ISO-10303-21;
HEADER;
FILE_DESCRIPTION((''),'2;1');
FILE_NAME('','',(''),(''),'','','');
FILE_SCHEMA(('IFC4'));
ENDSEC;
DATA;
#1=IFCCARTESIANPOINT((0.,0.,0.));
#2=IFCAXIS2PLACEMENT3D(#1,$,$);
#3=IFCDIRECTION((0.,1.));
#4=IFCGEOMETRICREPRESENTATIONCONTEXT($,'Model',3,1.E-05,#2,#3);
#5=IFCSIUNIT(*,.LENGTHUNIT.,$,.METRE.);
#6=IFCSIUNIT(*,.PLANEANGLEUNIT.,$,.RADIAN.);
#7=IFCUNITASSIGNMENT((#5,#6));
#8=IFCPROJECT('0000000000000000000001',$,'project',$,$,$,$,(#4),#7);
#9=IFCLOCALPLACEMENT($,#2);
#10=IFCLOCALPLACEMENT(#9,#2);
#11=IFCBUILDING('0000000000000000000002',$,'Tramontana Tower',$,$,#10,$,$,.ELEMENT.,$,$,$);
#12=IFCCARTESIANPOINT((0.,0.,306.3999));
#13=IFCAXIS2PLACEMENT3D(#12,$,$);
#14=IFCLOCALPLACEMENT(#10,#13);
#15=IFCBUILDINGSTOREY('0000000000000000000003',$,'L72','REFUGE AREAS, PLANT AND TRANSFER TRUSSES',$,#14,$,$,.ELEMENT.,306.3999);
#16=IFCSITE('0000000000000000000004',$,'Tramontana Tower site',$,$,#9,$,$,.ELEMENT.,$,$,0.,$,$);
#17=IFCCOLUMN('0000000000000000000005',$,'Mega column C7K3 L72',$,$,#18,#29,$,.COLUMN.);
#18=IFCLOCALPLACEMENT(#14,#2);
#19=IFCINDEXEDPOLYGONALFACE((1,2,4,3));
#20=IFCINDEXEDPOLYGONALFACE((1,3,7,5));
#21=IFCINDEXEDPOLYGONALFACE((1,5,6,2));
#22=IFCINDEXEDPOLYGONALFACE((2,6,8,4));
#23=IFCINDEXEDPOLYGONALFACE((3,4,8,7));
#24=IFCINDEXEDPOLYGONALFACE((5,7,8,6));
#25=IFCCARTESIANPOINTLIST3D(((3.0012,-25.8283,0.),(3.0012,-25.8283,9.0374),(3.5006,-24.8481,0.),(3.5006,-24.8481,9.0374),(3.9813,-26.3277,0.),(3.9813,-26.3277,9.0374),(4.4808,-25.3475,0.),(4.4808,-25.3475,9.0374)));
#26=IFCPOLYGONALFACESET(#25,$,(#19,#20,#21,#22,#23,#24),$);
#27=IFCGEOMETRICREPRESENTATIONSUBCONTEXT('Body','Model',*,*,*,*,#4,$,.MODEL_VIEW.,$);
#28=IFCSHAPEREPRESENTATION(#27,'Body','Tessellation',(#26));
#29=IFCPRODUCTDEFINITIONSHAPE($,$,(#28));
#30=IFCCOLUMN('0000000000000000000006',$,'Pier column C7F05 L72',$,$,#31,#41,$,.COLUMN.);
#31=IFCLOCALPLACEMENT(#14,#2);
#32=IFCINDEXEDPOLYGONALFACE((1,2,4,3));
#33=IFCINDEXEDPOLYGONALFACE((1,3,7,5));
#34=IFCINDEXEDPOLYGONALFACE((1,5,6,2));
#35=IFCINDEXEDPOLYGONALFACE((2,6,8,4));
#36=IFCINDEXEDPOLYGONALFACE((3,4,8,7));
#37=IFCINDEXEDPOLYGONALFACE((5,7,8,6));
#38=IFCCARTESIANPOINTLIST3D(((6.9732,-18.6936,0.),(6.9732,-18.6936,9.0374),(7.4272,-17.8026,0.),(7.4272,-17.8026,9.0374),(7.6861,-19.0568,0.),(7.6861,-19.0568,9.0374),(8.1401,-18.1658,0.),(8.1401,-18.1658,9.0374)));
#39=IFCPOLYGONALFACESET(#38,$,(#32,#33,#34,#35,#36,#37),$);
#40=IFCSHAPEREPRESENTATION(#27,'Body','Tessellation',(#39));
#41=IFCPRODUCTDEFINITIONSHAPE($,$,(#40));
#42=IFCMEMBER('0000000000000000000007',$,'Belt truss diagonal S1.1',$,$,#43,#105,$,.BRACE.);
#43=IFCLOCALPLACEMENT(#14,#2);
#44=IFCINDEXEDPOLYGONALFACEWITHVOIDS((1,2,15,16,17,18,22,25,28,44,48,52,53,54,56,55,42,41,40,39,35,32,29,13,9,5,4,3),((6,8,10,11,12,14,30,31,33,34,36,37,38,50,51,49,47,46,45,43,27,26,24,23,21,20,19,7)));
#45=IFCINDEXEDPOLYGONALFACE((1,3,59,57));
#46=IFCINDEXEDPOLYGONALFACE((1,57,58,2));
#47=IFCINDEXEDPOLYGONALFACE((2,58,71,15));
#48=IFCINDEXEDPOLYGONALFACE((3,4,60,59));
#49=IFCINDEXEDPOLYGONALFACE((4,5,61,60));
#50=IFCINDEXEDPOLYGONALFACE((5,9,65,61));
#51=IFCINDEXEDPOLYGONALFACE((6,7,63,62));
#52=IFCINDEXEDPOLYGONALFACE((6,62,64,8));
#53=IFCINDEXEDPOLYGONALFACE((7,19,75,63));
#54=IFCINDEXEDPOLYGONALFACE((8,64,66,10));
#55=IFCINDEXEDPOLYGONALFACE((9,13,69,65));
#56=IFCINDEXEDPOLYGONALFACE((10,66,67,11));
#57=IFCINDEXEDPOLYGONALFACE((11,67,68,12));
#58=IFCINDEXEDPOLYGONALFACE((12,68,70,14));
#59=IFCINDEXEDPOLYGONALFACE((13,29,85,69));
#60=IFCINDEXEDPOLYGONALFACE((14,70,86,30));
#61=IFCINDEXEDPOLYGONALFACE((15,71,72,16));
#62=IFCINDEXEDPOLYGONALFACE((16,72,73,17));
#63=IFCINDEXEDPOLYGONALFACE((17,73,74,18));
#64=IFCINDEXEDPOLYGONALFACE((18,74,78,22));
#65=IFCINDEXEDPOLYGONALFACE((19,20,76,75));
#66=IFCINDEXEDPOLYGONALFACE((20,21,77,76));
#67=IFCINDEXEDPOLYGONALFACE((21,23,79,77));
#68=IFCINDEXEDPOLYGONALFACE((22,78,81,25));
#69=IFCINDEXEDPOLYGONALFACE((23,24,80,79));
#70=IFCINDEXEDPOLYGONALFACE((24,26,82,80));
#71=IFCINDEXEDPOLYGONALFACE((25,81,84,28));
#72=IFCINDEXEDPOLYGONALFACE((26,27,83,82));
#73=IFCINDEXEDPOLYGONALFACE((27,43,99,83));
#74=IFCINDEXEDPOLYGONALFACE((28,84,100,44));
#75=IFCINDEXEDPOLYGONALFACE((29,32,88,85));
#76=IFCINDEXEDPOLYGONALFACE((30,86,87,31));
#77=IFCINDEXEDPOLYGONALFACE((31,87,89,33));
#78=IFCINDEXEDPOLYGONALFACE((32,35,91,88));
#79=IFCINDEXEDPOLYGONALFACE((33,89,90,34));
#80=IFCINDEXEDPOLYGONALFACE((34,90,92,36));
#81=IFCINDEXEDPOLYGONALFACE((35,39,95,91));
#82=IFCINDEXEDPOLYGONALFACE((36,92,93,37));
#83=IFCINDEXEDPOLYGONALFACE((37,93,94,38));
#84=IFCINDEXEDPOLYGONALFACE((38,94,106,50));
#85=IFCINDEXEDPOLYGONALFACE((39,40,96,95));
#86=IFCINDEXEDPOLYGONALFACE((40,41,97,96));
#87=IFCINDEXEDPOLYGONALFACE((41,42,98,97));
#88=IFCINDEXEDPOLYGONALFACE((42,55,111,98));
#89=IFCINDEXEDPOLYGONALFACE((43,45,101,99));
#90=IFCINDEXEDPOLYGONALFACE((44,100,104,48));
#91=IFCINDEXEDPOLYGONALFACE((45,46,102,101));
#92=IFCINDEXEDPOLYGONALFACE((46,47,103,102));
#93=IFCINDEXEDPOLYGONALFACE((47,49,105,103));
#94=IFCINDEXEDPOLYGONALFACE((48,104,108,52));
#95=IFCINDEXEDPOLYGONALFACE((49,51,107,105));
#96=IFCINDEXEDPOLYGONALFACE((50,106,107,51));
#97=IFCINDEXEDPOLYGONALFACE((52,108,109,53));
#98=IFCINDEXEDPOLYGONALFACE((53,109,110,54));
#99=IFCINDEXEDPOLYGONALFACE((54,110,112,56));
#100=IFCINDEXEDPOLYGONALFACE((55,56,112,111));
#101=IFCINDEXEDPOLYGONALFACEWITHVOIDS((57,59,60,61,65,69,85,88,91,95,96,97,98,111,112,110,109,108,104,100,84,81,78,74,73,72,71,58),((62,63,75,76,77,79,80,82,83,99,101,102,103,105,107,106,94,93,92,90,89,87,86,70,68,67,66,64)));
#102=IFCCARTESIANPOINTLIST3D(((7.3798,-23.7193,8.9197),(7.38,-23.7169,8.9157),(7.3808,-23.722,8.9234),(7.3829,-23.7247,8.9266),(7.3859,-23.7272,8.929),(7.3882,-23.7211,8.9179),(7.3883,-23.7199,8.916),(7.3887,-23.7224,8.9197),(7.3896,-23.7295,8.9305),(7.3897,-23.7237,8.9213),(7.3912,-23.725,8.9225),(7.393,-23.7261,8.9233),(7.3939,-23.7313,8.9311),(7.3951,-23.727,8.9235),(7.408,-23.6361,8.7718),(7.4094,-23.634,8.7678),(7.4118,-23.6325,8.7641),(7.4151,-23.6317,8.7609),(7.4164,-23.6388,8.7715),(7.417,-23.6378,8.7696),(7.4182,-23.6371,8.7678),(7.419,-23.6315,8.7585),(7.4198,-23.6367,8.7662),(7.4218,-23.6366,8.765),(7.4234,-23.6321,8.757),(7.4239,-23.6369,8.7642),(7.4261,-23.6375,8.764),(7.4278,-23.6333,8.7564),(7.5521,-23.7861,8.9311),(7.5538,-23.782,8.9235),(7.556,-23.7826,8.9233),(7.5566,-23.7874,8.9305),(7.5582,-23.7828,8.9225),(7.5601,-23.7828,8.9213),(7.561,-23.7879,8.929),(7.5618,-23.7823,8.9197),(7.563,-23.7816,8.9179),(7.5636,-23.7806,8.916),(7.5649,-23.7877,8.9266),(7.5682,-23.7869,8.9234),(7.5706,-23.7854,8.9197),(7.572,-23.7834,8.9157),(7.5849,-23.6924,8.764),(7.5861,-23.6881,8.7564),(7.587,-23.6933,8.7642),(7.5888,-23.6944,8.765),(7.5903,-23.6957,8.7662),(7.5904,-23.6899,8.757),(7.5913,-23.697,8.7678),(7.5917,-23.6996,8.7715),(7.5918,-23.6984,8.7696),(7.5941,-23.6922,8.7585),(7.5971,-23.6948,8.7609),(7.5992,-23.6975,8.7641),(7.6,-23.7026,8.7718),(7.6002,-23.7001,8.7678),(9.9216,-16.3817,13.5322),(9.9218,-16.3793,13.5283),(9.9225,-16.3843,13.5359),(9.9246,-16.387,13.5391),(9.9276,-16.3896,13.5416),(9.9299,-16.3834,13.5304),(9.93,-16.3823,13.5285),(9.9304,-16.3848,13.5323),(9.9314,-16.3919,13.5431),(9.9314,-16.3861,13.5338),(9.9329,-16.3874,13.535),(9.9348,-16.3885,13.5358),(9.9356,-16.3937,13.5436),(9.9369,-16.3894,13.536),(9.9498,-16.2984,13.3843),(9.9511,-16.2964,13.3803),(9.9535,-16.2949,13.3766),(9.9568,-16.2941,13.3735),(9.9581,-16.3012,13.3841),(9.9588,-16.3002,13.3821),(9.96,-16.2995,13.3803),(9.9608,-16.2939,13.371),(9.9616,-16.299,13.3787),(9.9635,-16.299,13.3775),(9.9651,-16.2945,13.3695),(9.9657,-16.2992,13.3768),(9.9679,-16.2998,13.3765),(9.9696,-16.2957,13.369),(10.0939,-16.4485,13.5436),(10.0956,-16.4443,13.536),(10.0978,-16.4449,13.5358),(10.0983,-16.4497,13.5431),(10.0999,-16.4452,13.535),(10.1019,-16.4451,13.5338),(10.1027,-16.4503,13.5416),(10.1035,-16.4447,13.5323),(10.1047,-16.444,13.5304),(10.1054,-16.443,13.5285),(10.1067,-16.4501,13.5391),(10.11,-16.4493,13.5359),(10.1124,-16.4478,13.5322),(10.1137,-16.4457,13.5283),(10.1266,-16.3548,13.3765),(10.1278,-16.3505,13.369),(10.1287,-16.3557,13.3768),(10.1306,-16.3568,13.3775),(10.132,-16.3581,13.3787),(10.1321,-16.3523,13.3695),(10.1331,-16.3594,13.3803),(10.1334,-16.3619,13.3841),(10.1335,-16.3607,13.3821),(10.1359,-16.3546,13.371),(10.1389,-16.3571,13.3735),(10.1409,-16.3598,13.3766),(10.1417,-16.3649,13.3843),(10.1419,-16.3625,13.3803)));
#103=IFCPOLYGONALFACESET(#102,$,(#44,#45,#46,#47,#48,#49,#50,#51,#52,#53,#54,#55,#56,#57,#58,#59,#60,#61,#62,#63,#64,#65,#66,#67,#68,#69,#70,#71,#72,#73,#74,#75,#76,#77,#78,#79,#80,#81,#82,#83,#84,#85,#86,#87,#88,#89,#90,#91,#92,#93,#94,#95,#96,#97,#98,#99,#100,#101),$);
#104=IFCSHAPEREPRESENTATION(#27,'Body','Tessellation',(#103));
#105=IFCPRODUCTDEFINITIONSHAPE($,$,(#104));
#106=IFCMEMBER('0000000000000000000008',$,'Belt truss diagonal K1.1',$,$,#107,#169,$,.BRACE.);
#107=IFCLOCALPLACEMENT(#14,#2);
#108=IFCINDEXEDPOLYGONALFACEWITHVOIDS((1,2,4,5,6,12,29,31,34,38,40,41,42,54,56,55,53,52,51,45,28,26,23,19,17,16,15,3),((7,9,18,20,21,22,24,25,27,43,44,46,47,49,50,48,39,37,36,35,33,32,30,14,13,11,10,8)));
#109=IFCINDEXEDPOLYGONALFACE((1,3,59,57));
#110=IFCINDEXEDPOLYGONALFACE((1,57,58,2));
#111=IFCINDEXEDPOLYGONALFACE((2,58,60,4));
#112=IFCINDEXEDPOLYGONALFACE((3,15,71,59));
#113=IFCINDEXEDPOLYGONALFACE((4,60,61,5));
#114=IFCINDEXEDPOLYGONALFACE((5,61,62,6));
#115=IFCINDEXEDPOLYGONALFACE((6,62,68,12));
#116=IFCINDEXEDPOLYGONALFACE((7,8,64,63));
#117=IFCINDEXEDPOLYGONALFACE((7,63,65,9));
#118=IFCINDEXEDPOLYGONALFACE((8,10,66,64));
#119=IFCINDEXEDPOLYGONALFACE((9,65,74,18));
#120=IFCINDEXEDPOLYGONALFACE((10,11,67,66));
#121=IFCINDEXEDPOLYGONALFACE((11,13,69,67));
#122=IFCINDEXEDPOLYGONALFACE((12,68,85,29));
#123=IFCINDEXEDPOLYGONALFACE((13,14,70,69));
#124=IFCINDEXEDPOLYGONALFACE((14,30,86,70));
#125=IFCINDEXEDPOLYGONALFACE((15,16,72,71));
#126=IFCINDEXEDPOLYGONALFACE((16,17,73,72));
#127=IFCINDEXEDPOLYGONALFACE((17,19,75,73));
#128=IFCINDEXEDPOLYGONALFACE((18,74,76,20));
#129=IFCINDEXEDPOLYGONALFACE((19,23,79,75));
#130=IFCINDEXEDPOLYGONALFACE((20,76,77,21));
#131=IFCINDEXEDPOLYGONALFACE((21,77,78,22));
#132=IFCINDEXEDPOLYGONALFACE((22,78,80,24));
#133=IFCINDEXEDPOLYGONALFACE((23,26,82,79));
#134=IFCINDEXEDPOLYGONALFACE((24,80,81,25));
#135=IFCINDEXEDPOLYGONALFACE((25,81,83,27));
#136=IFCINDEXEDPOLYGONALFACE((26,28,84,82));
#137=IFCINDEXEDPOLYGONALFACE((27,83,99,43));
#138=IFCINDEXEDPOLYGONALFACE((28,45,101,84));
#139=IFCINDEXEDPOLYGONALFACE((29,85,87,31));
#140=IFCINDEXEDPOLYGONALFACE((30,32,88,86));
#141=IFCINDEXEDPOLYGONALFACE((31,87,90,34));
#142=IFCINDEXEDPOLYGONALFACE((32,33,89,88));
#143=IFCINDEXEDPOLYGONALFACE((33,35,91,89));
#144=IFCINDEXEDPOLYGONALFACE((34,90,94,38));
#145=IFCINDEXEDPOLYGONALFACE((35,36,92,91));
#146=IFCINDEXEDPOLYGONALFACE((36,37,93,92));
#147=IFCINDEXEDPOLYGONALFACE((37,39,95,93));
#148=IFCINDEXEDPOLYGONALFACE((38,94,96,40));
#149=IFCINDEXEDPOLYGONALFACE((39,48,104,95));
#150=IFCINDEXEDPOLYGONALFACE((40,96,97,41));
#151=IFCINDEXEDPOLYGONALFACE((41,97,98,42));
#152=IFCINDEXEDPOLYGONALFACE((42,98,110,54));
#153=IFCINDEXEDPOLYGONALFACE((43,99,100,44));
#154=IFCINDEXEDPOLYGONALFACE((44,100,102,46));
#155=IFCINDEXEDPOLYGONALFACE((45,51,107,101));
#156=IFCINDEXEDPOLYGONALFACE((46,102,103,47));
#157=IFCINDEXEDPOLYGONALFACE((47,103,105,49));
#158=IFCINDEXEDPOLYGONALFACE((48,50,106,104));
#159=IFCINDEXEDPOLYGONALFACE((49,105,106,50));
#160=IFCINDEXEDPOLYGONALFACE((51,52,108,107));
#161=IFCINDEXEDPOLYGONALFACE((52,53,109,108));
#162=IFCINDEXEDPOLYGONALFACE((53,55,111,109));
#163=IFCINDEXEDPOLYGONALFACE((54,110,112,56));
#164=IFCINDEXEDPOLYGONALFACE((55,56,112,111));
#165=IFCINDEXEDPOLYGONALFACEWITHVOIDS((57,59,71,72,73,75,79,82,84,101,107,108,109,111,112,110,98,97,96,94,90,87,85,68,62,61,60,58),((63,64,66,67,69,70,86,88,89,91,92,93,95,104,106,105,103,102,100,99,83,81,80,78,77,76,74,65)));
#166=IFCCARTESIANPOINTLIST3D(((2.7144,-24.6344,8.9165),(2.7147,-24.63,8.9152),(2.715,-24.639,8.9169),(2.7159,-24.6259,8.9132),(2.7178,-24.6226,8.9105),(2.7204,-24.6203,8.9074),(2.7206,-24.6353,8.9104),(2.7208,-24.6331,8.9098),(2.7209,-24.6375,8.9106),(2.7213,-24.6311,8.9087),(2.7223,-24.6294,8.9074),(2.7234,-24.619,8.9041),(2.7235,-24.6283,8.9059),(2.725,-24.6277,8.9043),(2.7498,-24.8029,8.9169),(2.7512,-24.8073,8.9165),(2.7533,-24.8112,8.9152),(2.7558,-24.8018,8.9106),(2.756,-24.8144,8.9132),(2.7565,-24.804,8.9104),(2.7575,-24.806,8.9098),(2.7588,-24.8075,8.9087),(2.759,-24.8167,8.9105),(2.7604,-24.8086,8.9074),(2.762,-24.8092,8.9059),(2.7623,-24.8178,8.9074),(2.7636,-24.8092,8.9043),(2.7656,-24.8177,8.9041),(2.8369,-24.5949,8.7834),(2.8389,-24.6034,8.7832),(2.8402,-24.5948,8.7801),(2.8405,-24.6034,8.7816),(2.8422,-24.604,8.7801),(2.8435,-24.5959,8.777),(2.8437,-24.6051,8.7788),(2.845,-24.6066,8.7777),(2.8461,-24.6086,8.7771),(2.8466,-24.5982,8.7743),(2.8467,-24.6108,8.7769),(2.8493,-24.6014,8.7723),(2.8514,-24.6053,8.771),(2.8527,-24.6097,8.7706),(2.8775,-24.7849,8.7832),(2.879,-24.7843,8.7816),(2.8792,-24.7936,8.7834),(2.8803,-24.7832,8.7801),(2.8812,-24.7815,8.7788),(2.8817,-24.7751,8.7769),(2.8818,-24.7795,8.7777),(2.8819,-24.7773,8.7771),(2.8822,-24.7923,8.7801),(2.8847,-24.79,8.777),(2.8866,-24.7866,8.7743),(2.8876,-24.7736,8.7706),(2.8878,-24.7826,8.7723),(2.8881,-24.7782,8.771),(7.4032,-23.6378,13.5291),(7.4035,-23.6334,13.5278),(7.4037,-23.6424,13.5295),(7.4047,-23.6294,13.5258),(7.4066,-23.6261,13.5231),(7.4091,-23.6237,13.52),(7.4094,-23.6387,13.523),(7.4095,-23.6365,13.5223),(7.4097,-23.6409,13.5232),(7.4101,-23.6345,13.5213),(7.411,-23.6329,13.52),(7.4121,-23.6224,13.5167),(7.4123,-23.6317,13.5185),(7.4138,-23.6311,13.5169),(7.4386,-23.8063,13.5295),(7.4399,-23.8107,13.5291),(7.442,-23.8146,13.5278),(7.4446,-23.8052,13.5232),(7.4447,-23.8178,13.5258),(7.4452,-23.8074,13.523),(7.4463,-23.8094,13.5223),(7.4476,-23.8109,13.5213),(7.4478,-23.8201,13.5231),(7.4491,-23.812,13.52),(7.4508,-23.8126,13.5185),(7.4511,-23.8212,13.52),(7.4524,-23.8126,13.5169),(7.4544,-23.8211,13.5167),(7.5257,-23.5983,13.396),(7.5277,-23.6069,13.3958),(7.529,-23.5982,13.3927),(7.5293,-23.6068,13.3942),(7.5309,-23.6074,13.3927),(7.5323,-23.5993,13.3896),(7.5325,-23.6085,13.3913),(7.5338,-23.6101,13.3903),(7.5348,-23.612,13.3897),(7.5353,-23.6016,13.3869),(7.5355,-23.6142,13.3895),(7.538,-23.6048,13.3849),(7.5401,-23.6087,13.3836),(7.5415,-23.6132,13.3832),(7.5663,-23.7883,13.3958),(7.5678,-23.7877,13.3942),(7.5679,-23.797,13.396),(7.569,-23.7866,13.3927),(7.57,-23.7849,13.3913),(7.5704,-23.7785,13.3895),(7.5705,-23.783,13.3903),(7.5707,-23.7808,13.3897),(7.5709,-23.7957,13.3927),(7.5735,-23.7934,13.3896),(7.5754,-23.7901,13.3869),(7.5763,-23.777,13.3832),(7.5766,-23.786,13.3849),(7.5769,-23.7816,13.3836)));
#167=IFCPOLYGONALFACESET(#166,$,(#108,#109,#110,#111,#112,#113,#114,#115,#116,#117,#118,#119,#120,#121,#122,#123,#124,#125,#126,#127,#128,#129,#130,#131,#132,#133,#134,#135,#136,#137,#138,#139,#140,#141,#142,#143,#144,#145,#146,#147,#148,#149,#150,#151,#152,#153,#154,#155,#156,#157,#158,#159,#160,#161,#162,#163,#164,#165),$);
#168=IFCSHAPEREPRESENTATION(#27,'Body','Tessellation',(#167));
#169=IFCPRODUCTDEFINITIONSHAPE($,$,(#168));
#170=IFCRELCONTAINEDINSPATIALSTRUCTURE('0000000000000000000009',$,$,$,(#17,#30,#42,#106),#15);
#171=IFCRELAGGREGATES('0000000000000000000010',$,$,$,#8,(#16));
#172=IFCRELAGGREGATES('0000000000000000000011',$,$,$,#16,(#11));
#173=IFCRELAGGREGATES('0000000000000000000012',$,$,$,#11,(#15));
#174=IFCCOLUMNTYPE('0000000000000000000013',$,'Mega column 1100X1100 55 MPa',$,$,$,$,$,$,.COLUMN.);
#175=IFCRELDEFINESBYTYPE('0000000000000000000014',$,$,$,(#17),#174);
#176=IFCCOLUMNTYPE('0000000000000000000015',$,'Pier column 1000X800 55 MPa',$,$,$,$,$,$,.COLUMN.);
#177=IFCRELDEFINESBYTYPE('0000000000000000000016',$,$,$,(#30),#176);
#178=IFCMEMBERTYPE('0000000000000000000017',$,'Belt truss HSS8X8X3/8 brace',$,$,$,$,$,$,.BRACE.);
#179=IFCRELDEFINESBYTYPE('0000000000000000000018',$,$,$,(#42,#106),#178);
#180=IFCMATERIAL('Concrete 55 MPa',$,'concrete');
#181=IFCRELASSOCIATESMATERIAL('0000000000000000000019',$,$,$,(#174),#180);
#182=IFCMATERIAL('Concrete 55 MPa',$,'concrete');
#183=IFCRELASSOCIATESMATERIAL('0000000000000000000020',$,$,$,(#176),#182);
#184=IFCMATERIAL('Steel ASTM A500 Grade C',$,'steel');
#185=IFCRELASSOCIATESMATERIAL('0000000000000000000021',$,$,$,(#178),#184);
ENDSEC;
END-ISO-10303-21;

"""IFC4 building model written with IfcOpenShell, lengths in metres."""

from ifc_helpers import new_model, si_unit, direction, frame, origin, origin_2d, place, context, subcontext, project, spatial, rectangle, hollow_rectangle, extrude, material, material_profile, profile_set, type_object, element, save


model = new_model("IFC4")

# Units and contexts
model_context = context("Model", 3, precision=1e-05, world=origin(), true_north=direction((0.0, 1.0)))
body_context = subcontext(model_context, "Body", "Model", "MODEL_VIEW")
ifc_project = project(units=[si_unit("LENGTHUNIT", "METRE"), si_unit("PLANEANGLEUNIT", "RADIAN")], contexts=[model_context])

# Site, building, storey
site_placement = place(None, origin())
site = spatial("IfcSite", under=ifc_project, at=site_placement, Name="Tramontana Tower site", CompositionType="ELEMENT", RefElevation=0.0)
building_placement = place(site_placement, origin())
building = spatial("IfcBuilding", under=site, at=building_placement, Name="Tramontana Tower", CompositionType="ELEMENT")
storey_placement = place(building_placement, frame((0.0, 0.0, 306.3999)))
storey = spatial("IfcBuildingStorey", under=building, at=storey_placement, Name="L72", Description="REFUGE AREAS, PLANT AND TRANSFER TRUSSES", CompositionType="ELEMENT", Elevation=306.3999)

# Columns
ifc_material_1 = material(Name="Concrete 55 MPa", Category="concrete")
ifc_material_profile_1 = material_profile(ifc_material_1, rectangle(XDim=1.1001, YDim=1.1001, at=origin_2d()), Name="Mega column 1100X1100 55 MPa")
ifc_profile_set_1 = profile_set([ifc_material_profile_1], Name="Concrete 55 MPa")
column_type_1 = type_object("IfcColumnType", Name="Mega column 1100X1100 55 MPa", PredefinedType="COLUMN", material=ifc_profile_set_1)
column_1_placement = place(storey_placement, frame((3.741, -25.5879, 0.0), z_axis=(0.0, 0.0, 1.0), x_axis=(0.45399, 0.891007, 0.0)))
element("IfcColumn", 1, at=column_1_placement, inside=storey, type_object=column_type_1, Name="Mega column C7K3 L72", PredefinedType="COLUMN", context=body_context, shape_type="SweptSolid", body=[
    extrude(rectangle(XDim=1.1001, YDim=1.1001, at=origin_2d()), origin(), (0.0, 0.0, 1.0), 9.0374),
])
ifc_material_2 = material(Name="Concrete 55 MPa", Category="concrete")
ifc_material_profile_2 = material_profile(ifc_material_2, rectangle(XDim=1.0, YDim=0.8, at=origin_2d()), Name="Pier column 1000X800 55 MPa")
ifc_profile_set_2 = profile_set([ifc_material_profile_2], Name="Concrete 55 MPa")
column_type_2 = type_object("IfcColumnType", Name="Pier column 1000X800 55 MPa", PredefinedType="COLUMN", material=ifc_profile_set_2)
column_2_placement = place(storey_placement, frame((7.5566, -18.4297, 0.0), z_axis=(0.0, 0.0, 1.0), x_axis=(0.45399, 0.891007, 0.0)))
element("IfcColumn", 2, at=column_2_placement, inside=storey, type_object=column_type_2, Name="Pier column C7F05 L72", PredefinedType="COLUMN", context=body_context, shape_type="SweptSolid", body=[
    extrude(rectangle(XDim=1.0, YDim=0.8, at=origin_2d()), origin(), (0.0, 0.0, 1.0), 9.0374),
])

# Members
ifc_material_3 = material(Name="Steel ASTM A500 Grade C", Category="steel")
ifc_material_profile_3 = material_profile(ifc_material_3, hollow_rectangle(XDim=0.2031, YDim=0.2031, WallThickness=0.0088, InnerFilletRadius=0.0088, OuterFilletRadius=0.0178, at=origin_2d()), Name="HSS8X8X3/8")
ifc_profile_set_3 = profile_set([ifc_material_profile_3], Name="Steel ASTM A500 Grade C")
member_type_1 = type_object("IfcMemberType", Name="Belt truss HSS8X8X3/8 brace", PredefinedType="BRACE", material=ifc_profile_set_3)
member_1_placement = place(storey_placement, frame((7.49, -23.7097, 8.8438), z_axis=(0.281416, 0.812405, 0.510689), x_axis=(-0.944915, 0.327317, 0.0)))
element("IfcMember", 3, at=member_1_placement, inside=storey, type_object=member_type_1, Name="Belt truss diagonal S1.1", PredefinedType="BRACE", context=body_context, shape_type="SweptSolid", body=[
    extrude(hollow_rectangle(XDim=0.2031, YDim=0.2031, WallThickness=0.0088, InnerFilletRadius=0.0088, OuterFilletRadius=0.0178, at=origin_2d()), origin(), (0.0, 0.0, 1.0), 9.032),
])
member_2_placement = place(storey_placement, frame((2.8013, -24.7063, 8.8438), z_axis=(0.704829, 0.149811, 0.693378), x_axis=(-0.207904, 0.978149, 0.0)))
element("IfcMember", 4, at=member_2_placement, inside=storey, type_object=member_type_1, Name="Belt truss diagonal K1.1", PredefinedType="BRACE", context=body_context, shape_type="SweptSolid", body=[
    extrude(hollow_rectangle(XDim=0.2031, YDim=0.2031, WallThickness=0.0088, InnerFilletRadius=0.0088, OuterFilletRadius=0.0178, at=origin_2d()), origin(), (0.0, 0.0, 1.0), 6.6523),
])

save(model, "model.ifc")
